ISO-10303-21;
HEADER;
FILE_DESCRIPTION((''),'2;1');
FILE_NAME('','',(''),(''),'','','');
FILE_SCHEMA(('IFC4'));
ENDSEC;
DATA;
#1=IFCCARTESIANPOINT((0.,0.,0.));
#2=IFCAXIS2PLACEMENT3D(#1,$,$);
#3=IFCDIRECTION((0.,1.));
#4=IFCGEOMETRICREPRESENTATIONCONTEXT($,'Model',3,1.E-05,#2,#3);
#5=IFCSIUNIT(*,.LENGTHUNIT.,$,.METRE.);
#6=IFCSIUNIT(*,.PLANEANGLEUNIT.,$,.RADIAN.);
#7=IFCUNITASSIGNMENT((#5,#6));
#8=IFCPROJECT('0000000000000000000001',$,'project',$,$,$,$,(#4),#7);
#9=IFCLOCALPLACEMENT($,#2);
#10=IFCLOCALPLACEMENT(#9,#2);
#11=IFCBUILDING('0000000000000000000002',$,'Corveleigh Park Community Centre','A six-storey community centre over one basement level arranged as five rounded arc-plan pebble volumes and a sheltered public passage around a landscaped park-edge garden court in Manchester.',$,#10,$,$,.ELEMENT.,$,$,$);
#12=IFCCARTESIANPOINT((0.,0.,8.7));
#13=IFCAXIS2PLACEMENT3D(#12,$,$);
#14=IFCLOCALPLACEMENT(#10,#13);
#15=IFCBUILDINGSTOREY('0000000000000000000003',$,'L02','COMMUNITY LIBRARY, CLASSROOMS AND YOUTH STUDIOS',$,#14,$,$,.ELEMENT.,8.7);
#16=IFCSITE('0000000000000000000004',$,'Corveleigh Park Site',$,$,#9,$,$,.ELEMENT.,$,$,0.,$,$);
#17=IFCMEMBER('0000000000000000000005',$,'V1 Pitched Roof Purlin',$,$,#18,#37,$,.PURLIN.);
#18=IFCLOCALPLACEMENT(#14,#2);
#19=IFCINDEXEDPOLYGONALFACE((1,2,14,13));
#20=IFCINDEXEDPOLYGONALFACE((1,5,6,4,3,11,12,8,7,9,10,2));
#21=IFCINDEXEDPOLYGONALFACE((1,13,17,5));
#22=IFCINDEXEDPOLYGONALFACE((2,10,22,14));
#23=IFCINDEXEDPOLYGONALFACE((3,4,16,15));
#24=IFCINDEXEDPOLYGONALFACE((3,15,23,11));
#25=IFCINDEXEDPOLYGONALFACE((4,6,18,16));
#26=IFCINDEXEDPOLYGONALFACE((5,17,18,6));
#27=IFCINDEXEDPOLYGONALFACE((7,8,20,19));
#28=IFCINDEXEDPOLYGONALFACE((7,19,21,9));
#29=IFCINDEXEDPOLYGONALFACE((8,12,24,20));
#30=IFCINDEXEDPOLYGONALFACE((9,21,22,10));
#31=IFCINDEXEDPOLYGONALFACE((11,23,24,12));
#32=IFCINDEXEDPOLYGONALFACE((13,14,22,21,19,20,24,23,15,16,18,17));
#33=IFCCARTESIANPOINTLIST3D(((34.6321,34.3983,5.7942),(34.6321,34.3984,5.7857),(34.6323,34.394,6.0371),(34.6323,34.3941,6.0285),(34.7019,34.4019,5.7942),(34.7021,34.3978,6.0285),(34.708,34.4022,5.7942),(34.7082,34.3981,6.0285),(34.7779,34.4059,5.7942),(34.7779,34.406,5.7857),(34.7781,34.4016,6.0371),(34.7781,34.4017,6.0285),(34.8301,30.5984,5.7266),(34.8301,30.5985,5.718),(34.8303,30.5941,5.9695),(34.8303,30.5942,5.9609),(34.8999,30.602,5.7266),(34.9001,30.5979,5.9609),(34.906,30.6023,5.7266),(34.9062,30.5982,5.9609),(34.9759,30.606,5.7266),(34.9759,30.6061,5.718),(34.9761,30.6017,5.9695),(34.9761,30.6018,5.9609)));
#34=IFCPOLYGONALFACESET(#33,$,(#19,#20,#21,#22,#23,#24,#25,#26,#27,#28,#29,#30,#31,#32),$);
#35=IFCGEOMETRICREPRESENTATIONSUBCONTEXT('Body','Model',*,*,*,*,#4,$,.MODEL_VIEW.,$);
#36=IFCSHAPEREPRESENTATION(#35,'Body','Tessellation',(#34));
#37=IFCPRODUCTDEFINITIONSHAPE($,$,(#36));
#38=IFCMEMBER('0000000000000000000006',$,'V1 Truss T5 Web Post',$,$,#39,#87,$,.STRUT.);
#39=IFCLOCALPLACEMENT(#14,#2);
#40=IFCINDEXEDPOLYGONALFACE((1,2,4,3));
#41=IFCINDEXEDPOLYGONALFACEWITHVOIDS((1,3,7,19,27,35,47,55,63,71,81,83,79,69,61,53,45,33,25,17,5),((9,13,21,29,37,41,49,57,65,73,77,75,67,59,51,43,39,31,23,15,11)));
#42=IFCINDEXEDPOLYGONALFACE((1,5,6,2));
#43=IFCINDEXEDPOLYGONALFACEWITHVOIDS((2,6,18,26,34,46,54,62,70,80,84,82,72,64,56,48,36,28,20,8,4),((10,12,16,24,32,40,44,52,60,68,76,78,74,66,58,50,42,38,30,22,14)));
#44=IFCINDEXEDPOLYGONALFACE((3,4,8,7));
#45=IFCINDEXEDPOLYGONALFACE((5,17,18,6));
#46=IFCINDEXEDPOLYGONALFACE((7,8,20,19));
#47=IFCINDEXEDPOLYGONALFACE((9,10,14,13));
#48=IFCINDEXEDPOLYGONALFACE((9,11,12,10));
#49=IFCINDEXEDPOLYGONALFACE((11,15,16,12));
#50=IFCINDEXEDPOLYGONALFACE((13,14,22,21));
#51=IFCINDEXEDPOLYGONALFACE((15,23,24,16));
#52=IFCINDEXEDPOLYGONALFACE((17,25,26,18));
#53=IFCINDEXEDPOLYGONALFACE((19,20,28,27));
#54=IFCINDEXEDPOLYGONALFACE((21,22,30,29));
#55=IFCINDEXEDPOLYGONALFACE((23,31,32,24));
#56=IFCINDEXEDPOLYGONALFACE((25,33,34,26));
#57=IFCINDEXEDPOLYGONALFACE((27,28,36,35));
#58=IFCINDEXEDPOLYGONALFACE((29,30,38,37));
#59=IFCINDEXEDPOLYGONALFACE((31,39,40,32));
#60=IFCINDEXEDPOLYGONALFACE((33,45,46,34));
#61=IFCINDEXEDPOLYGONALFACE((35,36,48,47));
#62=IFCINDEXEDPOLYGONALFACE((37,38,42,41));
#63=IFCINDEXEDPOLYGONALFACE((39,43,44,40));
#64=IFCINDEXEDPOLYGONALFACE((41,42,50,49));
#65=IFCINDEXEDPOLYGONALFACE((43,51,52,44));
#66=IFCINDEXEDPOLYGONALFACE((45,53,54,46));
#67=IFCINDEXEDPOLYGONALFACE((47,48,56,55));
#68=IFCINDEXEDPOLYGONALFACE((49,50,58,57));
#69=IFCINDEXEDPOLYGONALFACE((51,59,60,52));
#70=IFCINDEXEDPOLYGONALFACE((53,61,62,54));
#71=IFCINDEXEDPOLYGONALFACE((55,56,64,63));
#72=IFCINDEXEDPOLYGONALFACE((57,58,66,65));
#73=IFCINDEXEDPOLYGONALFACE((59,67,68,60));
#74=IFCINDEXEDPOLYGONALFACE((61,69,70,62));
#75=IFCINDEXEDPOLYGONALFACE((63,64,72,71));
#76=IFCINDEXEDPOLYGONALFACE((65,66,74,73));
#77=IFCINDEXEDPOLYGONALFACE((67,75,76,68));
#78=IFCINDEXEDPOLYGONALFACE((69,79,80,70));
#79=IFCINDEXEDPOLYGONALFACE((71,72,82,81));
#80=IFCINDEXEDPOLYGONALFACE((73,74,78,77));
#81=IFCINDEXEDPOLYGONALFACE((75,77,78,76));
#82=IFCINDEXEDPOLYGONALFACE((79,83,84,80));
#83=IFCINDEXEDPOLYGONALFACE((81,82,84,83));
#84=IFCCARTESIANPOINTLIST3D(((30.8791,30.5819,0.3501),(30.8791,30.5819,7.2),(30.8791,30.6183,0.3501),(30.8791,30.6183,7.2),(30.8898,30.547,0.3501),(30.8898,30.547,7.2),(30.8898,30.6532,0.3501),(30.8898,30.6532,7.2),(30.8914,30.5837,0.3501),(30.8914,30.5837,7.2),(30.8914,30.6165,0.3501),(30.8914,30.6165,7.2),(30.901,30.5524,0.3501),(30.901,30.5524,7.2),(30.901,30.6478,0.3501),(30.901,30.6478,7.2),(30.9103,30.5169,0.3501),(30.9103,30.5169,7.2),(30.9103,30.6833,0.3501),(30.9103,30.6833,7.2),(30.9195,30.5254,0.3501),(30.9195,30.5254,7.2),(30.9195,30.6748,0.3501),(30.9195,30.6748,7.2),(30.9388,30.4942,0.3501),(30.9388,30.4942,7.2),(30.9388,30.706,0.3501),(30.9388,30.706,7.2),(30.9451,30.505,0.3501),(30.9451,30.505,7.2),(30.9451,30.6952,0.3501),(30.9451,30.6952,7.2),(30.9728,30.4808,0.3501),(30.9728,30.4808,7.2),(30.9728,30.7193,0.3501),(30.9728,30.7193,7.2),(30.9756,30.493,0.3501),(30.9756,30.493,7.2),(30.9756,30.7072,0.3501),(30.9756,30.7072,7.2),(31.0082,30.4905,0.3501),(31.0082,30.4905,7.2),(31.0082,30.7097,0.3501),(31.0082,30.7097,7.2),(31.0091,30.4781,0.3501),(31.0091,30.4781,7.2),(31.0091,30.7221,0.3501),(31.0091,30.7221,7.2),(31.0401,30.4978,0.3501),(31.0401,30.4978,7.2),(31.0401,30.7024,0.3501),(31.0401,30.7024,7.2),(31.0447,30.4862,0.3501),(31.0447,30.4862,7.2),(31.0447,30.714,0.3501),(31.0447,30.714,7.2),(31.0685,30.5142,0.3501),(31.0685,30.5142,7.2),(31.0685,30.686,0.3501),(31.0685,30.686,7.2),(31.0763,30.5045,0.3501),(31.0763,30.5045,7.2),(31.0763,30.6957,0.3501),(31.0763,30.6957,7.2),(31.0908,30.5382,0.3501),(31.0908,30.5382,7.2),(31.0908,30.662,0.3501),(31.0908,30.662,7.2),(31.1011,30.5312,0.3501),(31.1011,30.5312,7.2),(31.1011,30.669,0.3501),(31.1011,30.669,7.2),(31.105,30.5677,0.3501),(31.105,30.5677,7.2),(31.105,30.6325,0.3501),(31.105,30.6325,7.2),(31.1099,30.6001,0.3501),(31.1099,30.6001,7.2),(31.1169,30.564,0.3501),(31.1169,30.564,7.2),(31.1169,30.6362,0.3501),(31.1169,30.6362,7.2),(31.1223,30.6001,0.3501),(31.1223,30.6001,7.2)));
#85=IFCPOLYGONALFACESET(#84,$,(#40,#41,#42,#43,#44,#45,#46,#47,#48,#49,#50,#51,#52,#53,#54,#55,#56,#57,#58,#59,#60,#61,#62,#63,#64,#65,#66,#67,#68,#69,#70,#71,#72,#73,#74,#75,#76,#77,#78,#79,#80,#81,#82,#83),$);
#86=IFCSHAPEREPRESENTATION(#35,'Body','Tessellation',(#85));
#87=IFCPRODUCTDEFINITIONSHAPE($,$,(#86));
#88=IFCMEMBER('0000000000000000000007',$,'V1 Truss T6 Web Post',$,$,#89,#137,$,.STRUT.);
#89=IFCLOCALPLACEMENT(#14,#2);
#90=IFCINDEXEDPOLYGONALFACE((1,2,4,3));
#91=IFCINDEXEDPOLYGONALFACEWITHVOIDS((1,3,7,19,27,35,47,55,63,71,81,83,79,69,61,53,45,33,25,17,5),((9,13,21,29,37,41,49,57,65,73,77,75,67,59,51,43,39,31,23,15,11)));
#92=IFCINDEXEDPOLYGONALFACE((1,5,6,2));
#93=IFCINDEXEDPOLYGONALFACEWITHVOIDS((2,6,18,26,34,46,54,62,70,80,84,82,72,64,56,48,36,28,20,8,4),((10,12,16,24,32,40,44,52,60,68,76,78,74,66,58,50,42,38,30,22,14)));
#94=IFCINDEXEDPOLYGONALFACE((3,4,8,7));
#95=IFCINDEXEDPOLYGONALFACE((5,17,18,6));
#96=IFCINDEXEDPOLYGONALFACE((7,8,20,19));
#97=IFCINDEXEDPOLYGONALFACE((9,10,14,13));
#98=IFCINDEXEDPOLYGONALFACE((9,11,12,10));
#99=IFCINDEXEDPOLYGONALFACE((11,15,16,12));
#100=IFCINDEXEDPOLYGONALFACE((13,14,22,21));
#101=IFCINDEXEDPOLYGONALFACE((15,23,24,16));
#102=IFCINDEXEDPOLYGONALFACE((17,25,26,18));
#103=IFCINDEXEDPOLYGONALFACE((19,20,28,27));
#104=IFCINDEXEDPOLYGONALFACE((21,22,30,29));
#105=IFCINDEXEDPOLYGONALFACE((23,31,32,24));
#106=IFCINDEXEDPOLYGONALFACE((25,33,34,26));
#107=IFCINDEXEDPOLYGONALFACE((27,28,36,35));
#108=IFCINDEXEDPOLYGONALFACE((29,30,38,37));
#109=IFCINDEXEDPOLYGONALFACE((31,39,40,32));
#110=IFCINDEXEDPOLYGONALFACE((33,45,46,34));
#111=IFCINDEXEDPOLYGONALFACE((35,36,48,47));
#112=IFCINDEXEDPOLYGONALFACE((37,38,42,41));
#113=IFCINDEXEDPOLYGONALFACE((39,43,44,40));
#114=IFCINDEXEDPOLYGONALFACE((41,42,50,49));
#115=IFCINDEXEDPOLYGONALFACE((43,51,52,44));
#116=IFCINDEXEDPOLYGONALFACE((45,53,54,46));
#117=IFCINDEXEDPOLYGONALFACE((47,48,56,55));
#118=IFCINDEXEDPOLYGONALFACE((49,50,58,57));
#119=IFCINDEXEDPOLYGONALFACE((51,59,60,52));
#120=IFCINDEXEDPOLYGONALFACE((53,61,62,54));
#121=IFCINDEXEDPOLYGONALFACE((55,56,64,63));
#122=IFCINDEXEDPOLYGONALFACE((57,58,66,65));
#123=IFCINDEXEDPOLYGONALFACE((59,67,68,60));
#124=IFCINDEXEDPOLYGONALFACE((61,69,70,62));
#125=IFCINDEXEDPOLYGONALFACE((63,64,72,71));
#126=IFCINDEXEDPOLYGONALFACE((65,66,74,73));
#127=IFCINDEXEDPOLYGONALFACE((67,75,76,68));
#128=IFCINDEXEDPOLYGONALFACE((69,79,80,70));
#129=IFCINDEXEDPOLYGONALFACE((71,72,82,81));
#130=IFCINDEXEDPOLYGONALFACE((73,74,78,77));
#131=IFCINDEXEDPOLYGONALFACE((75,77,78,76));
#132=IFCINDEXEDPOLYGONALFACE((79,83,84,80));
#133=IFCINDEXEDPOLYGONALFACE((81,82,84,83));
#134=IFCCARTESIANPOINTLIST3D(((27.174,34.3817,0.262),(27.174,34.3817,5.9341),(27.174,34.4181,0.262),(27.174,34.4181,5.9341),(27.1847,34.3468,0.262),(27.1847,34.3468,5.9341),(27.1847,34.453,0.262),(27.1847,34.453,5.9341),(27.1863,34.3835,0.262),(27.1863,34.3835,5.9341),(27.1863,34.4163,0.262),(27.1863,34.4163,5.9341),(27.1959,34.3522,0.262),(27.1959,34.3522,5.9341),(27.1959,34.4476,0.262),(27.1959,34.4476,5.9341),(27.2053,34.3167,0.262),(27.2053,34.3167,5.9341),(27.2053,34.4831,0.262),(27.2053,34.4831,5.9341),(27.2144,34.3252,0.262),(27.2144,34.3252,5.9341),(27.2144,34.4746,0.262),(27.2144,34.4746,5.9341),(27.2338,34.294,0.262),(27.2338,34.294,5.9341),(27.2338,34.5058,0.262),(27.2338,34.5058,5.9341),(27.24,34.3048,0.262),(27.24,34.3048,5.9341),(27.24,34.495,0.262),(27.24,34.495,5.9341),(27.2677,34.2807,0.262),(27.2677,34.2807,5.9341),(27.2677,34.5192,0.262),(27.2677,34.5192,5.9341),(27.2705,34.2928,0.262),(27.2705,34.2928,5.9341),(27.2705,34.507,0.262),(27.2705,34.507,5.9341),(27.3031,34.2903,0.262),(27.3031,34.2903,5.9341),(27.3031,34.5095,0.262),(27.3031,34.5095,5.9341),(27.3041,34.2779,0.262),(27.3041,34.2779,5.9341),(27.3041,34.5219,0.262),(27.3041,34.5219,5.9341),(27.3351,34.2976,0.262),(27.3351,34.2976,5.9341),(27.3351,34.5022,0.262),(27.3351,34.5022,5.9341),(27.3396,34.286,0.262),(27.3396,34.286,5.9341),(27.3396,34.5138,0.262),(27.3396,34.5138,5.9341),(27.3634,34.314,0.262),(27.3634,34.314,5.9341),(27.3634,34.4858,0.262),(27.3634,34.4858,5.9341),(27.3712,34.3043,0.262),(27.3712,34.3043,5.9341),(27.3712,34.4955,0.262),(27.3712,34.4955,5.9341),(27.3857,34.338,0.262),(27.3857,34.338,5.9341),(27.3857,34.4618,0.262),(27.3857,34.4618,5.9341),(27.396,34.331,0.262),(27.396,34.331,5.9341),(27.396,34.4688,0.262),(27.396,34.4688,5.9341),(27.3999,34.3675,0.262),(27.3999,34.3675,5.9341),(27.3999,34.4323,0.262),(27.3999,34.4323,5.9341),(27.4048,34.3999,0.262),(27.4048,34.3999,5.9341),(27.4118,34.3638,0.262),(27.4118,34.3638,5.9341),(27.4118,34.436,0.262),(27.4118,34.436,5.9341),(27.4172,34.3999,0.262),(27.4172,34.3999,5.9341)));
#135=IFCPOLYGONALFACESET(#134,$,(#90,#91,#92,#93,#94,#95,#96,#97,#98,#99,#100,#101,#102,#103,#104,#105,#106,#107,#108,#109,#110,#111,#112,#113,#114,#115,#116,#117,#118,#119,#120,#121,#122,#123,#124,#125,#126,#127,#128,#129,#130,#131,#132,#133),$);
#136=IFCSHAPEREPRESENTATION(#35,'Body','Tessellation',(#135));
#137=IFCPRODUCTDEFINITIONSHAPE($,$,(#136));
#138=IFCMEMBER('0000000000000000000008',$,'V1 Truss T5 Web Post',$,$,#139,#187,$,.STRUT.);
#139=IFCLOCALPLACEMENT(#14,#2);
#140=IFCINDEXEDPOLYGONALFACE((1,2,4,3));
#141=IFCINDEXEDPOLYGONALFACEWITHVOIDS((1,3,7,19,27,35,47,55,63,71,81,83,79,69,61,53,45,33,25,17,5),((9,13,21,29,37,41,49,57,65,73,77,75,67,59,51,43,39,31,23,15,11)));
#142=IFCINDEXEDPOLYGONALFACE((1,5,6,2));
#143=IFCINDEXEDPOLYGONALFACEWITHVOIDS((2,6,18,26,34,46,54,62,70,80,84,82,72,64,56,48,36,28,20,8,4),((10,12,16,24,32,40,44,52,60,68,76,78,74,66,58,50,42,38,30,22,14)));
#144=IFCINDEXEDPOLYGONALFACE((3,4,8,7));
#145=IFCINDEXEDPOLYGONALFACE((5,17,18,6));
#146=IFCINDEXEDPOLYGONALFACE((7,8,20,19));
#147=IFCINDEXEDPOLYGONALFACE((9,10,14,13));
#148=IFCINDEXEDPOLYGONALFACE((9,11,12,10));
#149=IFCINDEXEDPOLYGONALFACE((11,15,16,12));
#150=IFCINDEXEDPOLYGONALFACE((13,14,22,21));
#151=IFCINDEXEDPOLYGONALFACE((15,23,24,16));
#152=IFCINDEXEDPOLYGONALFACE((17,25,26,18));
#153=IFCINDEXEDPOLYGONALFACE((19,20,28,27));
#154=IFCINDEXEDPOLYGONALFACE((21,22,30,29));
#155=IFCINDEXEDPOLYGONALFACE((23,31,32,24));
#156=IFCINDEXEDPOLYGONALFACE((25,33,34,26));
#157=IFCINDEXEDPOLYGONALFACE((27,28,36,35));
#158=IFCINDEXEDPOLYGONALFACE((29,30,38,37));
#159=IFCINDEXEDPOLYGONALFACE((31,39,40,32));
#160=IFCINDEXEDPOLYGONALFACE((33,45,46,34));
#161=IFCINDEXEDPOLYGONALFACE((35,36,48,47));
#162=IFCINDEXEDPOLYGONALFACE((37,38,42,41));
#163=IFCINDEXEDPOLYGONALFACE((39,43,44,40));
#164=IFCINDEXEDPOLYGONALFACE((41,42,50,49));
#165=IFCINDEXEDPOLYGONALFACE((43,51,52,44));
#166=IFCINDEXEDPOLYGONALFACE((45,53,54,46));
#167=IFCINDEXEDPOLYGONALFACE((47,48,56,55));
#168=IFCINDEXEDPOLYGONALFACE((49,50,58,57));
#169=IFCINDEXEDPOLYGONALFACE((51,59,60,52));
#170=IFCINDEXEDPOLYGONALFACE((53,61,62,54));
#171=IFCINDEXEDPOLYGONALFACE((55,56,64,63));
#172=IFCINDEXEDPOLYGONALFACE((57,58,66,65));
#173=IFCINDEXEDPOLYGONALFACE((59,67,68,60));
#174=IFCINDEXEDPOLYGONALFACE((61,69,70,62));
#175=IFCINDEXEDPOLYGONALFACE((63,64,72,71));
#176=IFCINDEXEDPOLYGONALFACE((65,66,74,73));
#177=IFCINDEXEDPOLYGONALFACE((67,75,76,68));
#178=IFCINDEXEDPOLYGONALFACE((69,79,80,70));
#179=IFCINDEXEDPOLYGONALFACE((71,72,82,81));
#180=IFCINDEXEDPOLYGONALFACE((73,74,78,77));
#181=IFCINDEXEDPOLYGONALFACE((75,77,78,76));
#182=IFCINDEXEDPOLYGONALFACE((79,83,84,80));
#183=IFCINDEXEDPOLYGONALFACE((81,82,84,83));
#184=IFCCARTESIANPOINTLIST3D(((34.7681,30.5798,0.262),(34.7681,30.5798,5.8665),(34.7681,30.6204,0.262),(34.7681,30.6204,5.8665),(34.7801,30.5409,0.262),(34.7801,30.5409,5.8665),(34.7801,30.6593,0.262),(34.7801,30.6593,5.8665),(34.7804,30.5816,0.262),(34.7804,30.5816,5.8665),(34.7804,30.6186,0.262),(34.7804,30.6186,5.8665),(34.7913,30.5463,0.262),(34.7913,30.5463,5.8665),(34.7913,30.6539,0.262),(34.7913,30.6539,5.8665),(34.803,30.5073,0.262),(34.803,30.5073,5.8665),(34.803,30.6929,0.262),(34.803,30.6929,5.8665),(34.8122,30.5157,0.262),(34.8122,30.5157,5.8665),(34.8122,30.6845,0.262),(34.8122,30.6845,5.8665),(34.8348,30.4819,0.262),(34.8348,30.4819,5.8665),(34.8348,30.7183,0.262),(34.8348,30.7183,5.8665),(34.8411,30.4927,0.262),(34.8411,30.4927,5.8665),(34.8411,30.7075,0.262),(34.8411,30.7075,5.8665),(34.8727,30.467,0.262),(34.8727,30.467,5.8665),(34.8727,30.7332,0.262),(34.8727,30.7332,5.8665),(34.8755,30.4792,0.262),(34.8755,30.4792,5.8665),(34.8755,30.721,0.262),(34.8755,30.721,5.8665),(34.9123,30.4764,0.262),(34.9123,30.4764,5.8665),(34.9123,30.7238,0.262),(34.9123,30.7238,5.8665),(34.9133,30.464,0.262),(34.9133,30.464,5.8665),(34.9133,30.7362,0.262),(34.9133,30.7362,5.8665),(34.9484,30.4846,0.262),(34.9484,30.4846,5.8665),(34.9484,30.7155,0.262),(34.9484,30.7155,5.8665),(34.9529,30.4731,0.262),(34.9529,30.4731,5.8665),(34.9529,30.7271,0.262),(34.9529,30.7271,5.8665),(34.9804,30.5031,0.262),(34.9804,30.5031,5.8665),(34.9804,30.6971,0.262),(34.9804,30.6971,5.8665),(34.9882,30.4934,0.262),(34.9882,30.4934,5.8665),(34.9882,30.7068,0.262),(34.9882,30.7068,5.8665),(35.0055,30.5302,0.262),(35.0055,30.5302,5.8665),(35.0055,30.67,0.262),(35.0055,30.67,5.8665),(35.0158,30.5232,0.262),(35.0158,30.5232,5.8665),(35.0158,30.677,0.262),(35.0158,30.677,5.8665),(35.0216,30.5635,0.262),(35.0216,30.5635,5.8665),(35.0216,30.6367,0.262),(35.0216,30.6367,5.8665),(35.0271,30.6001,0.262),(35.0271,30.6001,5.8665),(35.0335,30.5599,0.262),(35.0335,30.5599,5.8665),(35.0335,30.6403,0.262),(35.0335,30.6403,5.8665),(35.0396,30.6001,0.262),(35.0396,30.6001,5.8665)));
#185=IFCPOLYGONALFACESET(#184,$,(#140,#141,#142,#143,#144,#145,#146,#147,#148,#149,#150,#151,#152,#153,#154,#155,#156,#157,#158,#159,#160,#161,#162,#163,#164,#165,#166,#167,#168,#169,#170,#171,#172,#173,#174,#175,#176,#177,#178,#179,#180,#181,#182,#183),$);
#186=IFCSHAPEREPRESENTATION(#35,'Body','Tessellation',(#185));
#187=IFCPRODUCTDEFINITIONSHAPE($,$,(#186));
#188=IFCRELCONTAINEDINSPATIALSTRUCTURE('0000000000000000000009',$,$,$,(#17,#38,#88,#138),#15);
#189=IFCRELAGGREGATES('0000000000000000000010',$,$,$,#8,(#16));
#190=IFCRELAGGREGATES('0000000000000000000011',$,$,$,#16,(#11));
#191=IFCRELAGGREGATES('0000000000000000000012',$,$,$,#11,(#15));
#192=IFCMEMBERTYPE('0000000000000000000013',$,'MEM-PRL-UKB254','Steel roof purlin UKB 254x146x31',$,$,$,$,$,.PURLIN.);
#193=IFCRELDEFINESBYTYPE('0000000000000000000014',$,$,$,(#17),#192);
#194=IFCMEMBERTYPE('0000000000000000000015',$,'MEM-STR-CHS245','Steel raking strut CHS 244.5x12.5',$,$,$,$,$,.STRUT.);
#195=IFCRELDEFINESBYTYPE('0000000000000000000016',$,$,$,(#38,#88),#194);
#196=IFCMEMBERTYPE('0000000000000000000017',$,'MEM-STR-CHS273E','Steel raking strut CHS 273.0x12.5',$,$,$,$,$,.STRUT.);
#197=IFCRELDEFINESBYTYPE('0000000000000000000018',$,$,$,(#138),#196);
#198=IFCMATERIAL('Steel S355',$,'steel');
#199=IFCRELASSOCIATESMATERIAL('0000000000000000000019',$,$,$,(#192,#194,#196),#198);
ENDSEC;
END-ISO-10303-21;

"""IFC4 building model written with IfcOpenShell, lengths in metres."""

from ifc_helpers import new_model, si_unit, direction, frame, origin, origin_2d, place, context, subcontext, project, spatial, hollow_circle, i_section, extrude, material, material_profile, profile_set, type_object, element, save


model = new_model("IFC4")

# Units and contexts
model_context = context("Model", 3, precision=1e-05, world=origin(), true_north=direction((0.0, 1.0)))
body_context = subcontext(model_context, "Body", "Model", "MODEL_VIEW")
ifc_project = project(units=[si_unit("LENGTHUNIT", "METRE"), si_unit("PLANEANGLEUNIT", "RADIAN")], contexts=[model_context])

# Site, building, storey
site_placement = place(None, origin())
site = spatial("IfcSite", under=ifc_project, at=site_placement, Name="Corveleigh Park Site", CompositionType="ELEMENT", RefElevation=0.0)
building_placement = place(site_placement, origin())
building = spatial("IfcBuilding", under=site, at=building_placement, Name="Corveleigh Park Community Centre", Description="A six-storey community centre over one basement level arranged as five rounded arc-plan pebble volumes and a sheltered public passage around a landscaped park-edge garden court in Manchester.", CompositionType="ELEMENT")
storey_placement = place(building_placement, frame((0.0, 0.0, 8.7)))
storey = spatial("IfcBuildingStorey", under=building, at=storey_placement, Name="L02", Description="COMMUNITY LIBRARY, CLASSROOMS AND YOUTH STUDIOS", CompositionType="ELEMENT", Elevation=8.7)

# Shared definitions
ifc_material_1 = material(Name="Steel S355", Category="steel")

# Members
ifc_material_profile_1 = material_profile(ifc_material_1, i_section(OverallWidth=0.146, OverallDepth=0.2515, WebThickness=0.0061, FlangeThickness=0.0085, at=origin_2d()), Name="UKB 254x146x31", Category="steel")
ifc_profile_set_1 = profile_set([ifc_material_profile_1], Name="Steel S355")
member_type_1 = type_object("IfcMemberType", Name="MEM-PRL-UKB254", Description="Steel roof purlin UKB 254x146x31", PredefinedType="PURLIN", material=ifc_profile_set_1)
member_1_placement = place(storey_placement, frame((34.9031, 30.6001, 5.8438), z_axis=(-0.052029, 0.998487, 0.017771), x_axis=(-0.998645, -0.052037, 0.0)))
element("IfcMember", 1, at=member_1_placement, inside=storey, type_object=member_type_1, Name="V1 Pitched Roof Purlin", PredefinedType="PURLIN", context=body_context, shape_type="SweptSolid", body=[
    extrude(i_section(OverallWidth=0.146, OverallDepth=0.2515, WebThickness=0.0061, FlangeThickness=0.0085, at=origin_2d()), origin(), (0.0, 0.0, 1.0), 3.8057),
])
ifc_material_profile_2 = material_profile(ifc_material_1, hollow_circle(Radius=0.1223, WallThickness=0.0125, at=origin_2d()), Name="CHS 244.5x12.5", Category="steel")
ifc_profile_set_2 = profile_set([ifc_material_profile_2], Name="Steel S355")
member_type_2 = type_object("IfcMemberType", Name="MEM-STR-CHS245", Description="Steel raking strut CHS 244.5x12.5", PredefinedType="STRUT", material=ifc_profile_set_2)
member_2_placement = place(storey_placement, frame((31.0, 30.6001, 0.3501), z_axis=(0.0, 0.0, 1.0), x_axis=(1.0, 0.0, 0.0)))
element("IfcMember", 2, at=member_2_placement, inside=storey, type_object=member_type_2, Name="V1 Truss T5 Web Post", PredefinedType="STRUT", context=body_context, shape_type="SweptSolid", body=[
    extrude(hollow_circle(Radius=0.1223, WallThickness=0.0125, at=origin_2d()), origin(), (0.0, 0.0, 1.0), 6.8499),
])
member_3_placement = place(storey_placement, frame((27.2949, 34.3999, 0.262), z_axis=(0.0, 0.0, 1.0), x_axis=(1.0, 0.0, 0.0)))
element("IfcMember", 3, at=member_3_placement, inside=storey, type_object=member_type_2, Name="V1 Truss T6 Web Post", PredefinedType="STRUT", context=body_context, shape_type="SweptSolid", body=[
    extrude(hollow_circle(Radius=0.1223, WallThickness=0.0125, at=origin_2d()), origin(), (0.0, 0.0, 1.0), 5.6721),
])
ifc_material_profile_3 = material_profile(ifc_material_1, hollow_circle(Radius=0.1365, WallThickness=0.0125, at=origin_2d()), Name="CHS 273.0x12.5", Category="steel")
ifc_profile_set_3 = profile_set([ifc_material_profile_3], Name="Steel S355")
member_type_3 = type_object("IfcMemberType", Name="MEM-STR-CHS273E", Description="Steel raking strut CHS 273.0x12.5", PredefinedType="STRUT", material=ifc_profile_set_3)
member_4_placement = place(storey_placement, frame((34.9031, 30.6001, 0.262), z_axis=(0.0, 0.0, 1.0), x_axis=(1.0, 0.0, 0.0)))
element("IfcMember", 4, at=member_4_placement, inside=storey, type_object=member_type_3, Name="V1 Truss T5 Web Post", PredefinedType="STRUT", context=body_context, shape_type="SweptSolid", body=[
    extrude(hollow_circle(Radius=0.1365, WallThickness=0.0125, at=origin_2d()), origin(), (0.0, 0.0, 1.0), 5.6045),
])

save(model, "model.ifc")
